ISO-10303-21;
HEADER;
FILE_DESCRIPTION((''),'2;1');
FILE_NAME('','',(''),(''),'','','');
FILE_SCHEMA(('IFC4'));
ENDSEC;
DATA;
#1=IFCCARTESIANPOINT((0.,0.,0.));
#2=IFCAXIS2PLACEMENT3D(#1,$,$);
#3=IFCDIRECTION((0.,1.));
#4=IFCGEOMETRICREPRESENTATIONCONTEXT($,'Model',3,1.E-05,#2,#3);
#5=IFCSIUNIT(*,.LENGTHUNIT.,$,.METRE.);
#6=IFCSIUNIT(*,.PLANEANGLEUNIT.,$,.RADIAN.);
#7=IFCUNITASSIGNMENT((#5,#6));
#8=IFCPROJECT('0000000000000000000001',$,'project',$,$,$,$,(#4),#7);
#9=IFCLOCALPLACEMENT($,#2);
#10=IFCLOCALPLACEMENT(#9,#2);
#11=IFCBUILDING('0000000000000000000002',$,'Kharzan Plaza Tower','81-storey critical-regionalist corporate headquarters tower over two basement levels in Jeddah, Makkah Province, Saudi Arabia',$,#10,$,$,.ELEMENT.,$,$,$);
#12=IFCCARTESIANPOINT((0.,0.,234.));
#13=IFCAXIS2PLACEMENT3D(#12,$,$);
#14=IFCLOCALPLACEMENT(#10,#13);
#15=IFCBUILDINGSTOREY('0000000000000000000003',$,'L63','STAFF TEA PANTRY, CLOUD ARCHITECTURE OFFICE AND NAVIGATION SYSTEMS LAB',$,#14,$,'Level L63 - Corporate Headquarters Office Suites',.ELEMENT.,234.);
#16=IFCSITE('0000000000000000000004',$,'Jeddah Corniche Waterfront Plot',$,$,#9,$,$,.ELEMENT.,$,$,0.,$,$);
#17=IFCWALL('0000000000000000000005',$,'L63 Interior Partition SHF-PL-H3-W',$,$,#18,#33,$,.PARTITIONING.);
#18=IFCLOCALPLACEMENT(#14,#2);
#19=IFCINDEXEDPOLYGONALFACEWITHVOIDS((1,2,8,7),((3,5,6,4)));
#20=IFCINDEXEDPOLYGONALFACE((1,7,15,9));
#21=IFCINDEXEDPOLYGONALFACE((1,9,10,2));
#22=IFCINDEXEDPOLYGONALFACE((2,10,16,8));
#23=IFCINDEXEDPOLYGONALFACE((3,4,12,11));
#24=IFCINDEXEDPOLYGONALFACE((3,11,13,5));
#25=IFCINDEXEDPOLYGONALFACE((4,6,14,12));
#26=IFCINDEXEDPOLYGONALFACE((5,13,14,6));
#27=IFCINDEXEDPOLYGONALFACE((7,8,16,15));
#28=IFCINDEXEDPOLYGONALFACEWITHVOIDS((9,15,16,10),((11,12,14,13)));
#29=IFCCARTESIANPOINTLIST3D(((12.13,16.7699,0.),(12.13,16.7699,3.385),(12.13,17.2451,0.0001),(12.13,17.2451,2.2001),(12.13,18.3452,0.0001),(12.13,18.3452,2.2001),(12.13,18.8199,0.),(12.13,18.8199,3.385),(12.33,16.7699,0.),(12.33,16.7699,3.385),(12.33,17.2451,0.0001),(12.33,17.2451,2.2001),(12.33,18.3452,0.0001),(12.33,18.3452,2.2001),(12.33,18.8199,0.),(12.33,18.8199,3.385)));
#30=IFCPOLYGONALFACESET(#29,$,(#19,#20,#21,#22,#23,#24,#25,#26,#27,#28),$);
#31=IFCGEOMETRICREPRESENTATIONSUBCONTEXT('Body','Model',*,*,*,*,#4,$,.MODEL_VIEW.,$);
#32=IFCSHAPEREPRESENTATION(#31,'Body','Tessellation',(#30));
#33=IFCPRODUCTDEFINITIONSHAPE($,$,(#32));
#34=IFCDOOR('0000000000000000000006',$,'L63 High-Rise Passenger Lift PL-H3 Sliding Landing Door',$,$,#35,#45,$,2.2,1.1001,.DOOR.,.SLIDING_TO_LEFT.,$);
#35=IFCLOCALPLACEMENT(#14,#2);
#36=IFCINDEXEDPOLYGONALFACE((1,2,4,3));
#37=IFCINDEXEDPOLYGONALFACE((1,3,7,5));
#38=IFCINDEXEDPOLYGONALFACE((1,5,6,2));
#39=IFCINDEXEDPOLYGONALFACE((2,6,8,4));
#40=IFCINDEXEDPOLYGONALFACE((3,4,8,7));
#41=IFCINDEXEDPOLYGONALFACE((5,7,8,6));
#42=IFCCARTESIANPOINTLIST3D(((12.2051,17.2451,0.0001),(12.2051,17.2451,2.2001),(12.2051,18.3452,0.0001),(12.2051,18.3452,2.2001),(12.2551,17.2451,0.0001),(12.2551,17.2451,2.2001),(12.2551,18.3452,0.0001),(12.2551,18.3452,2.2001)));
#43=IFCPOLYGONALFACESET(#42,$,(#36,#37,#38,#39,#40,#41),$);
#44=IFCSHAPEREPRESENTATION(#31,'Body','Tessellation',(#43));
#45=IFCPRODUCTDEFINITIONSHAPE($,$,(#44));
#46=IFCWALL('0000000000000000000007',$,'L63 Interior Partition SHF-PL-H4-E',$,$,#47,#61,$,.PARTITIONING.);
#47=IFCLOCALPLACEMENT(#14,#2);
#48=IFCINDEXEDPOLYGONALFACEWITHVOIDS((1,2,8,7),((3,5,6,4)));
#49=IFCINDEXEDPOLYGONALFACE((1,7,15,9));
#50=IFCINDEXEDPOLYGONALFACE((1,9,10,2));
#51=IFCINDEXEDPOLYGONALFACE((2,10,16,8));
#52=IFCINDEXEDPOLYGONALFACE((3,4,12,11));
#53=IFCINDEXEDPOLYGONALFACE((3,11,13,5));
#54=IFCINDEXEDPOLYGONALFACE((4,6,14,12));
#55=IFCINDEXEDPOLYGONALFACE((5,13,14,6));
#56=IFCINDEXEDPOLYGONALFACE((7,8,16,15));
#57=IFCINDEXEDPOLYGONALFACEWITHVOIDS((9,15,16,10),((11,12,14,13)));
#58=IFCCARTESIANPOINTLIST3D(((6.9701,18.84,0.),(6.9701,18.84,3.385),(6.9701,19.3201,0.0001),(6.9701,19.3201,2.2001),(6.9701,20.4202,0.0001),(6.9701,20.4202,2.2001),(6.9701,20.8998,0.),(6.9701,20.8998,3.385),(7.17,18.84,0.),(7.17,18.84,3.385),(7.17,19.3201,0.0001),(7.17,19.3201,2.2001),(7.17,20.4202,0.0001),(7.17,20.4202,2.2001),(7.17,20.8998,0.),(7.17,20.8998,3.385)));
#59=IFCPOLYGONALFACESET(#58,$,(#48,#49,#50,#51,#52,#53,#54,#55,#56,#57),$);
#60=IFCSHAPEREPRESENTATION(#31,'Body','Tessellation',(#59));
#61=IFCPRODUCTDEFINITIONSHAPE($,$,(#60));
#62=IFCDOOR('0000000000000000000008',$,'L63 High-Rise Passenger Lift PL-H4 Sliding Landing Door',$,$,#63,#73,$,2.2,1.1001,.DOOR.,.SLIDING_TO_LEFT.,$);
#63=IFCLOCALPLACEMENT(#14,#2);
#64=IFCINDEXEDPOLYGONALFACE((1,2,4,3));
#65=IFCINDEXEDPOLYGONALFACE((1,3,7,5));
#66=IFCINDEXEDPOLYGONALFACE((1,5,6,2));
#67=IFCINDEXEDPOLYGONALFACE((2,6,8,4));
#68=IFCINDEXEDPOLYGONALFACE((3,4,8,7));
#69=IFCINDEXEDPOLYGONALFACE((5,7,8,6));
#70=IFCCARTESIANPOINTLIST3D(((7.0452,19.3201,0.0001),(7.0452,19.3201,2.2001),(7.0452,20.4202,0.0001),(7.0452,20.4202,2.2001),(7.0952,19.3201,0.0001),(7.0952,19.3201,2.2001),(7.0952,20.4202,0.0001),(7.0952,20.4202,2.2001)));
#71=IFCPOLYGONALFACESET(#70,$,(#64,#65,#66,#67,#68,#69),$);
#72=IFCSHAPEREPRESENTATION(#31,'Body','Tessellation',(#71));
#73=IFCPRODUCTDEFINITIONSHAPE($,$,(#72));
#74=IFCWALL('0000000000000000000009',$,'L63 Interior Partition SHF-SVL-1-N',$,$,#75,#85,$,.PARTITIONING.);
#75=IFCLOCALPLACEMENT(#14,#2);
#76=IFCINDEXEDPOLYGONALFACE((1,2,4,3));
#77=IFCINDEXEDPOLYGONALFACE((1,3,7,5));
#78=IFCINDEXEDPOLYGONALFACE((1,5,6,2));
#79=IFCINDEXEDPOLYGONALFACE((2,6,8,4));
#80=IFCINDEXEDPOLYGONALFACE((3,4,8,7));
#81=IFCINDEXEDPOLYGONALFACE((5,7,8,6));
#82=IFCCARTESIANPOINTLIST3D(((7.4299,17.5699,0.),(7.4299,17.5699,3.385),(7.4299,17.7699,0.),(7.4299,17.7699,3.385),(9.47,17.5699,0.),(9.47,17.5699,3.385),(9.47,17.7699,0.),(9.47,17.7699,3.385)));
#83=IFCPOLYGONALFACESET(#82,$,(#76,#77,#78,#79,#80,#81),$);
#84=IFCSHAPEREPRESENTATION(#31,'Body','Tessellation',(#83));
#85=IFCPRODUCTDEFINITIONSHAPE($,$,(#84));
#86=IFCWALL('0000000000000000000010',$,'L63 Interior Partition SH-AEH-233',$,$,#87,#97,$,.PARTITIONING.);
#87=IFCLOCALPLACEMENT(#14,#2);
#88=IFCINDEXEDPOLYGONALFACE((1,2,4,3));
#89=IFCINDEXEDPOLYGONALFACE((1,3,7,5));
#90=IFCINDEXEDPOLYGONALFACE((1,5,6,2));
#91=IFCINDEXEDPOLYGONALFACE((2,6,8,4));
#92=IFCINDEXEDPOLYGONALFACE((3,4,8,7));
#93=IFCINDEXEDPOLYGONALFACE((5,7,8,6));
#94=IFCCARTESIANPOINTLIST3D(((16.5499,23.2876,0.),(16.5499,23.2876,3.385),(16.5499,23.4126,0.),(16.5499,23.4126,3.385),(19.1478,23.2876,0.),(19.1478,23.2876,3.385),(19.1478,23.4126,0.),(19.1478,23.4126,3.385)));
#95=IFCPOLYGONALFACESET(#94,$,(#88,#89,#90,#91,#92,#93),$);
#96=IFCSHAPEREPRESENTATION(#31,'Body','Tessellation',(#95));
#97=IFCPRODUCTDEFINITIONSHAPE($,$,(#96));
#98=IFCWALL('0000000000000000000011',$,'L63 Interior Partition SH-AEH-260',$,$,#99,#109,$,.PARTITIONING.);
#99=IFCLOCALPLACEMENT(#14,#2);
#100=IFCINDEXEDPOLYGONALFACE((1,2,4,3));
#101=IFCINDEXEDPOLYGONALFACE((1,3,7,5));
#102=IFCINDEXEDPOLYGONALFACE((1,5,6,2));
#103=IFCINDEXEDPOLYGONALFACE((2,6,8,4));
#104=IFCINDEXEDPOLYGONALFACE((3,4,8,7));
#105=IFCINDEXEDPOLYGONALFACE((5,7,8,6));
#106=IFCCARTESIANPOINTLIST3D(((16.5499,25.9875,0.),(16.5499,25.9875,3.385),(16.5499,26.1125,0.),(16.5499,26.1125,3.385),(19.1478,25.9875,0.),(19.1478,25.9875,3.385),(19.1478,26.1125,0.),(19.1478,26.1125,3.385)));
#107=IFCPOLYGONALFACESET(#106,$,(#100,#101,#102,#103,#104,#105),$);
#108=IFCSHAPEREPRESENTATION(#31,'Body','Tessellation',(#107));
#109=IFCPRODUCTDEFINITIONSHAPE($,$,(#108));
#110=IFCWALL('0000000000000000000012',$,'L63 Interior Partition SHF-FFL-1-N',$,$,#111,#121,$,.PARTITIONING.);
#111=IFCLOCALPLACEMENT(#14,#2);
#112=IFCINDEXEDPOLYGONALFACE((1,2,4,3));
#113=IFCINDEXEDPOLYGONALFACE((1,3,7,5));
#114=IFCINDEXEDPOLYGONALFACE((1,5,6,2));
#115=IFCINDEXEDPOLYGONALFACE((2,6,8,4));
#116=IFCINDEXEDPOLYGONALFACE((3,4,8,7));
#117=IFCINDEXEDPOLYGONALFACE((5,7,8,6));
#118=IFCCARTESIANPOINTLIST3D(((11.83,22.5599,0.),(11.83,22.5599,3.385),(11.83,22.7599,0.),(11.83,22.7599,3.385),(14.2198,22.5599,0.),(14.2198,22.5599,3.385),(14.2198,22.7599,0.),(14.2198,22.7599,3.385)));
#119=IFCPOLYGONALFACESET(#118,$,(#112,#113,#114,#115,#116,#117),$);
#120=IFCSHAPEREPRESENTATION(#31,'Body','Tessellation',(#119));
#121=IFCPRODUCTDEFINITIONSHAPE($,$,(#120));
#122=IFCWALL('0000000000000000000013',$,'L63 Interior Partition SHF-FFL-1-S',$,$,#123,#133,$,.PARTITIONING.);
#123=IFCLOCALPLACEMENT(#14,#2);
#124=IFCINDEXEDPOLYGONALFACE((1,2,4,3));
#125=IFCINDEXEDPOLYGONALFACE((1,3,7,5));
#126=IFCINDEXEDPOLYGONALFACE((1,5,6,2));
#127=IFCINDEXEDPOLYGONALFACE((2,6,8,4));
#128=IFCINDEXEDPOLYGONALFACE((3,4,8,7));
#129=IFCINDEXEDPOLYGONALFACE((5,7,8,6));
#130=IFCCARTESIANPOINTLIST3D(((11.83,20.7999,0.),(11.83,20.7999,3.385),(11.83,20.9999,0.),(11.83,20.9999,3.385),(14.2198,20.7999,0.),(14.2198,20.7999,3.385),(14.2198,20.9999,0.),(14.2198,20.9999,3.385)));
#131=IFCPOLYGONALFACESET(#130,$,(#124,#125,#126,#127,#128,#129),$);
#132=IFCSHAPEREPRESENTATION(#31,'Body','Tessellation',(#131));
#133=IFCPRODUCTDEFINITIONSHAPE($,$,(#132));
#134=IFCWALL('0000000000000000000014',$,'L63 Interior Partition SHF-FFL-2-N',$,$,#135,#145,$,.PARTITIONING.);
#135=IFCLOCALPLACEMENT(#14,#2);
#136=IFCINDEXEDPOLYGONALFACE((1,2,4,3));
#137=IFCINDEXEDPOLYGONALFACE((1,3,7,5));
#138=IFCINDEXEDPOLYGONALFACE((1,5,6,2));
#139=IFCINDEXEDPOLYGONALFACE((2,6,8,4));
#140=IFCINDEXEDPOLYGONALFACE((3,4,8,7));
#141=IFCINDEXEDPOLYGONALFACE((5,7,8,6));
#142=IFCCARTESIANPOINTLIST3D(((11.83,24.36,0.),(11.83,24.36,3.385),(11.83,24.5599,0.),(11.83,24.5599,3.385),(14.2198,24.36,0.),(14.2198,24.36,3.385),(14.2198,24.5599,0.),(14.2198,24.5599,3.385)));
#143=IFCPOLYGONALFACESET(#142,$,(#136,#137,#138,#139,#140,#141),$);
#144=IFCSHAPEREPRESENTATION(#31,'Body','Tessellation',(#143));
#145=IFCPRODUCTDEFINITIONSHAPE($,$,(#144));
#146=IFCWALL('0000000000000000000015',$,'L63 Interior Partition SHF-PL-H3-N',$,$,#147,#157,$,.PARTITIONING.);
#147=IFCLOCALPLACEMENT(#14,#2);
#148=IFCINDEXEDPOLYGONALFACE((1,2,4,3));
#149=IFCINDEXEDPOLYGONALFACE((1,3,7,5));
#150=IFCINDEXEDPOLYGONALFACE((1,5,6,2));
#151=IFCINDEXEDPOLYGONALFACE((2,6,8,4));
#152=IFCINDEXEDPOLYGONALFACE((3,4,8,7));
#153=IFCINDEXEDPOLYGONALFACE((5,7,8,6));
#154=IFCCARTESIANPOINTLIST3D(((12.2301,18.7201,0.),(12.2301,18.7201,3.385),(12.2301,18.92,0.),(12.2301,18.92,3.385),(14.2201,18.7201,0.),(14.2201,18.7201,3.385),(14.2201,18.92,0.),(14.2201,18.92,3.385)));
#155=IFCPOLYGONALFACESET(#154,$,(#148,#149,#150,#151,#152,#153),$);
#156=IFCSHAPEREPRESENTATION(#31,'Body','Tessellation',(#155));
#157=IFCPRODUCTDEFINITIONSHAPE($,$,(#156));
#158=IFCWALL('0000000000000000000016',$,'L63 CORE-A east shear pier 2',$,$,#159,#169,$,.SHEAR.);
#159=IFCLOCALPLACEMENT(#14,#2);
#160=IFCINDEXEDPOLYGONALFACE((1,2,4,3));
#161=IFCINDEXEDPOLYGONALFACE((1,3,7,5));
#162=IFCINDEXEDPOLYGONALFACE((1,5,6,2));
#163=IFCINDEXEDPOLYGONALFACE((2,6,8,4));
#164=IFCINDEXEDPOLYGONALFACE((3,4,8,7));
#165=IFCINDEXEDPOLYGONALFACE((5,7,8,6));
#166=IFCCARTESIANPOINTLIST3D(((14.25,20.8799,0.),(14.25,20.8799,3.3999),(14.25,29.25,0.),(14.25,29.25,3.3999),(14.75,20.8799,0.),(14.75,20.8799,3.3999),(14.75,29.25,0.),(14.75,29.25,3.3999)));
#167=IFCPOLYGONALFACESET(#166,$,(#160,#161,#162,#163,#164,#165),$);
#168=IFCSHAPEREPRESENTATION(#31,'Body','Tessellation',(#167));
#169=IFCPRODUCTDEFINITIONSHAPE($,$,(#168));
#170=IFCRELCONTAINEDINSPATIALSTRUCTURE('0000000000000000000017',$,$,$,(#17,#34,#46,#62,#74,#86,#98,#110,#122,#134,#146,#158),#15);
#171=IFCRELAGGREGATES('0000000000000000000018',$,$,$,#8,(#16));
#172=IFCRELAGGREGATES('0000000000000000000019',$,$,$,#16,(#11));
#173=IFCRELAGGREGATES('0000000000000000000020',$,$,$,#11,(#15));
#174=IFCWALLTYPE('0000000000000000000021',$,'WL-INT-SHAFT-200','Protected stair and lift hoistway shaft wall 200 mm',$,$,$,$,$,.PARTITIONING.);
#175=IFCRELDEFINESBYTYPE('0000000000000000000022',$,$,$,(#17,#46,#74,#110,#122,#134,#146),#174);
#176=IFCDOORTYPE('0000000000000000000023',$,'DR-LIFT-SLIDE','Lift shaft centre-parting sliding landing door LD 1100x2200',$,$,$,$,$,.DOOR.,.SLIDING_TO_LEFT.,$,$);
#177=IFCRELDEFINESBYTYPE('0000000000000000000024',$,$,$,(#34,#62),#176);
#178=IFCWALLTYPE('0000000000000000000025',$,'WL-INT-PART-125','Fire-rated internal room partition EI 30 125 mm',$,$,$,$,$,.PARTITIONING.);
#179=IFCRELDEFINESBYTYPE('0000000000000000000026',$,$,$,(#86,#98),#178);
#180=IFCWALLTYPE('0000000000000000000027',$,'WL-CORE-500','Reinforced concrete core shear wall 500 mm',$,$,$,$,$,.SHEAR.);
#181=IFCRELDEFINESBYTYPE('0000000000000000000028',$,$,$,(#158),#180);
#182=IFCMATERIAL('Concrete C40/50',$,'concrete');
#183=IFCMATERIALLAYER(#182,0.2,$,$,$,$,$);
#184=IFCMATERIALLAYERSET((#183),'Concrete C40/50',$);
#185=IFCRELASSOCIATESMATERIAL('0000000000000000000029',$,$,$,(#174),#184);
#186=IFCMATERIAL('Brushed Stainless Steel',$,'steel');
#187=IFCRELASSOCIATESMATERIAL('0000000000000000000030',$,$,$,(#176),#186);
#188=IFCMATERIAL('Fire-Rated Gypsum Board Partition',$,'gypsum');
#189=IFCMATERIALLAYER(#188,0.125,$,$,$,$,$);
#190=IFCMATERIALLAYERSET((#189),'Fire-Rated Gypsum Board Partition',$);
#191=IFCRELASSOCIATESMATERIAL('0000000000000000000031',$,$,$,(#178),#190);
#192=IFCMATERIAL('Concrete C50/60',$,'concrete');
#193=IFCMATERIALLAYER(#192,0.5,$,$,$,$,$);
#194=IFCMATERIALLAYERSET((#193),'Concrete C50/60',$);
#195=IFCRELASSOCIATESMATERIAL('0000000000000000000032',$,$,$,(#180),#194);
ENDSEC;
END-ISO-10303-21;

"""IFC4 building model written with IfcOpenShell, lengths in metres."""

from ifc_helpers import new_model, si_unit, direction, frame, frame_2d, origin, place, context, subcontext, project, spatial, rectangle, extrude, source, transform, mapped, material, layer, layer_set, type_object, element, fill, save


model = new_model("IFC4")

# Units and contexts
model_context = context("Model", 3, precision=1e-05, world=origin(), true_north=direction((0.0, 1.0)))
body_context = subcontext(model_context, "Body", "Model", "MODEL_VIEW")
ifc_project = project(units=[si_unit("LENGTHUNIT", "METRE"), si_unit("PLANEANGLEUNIT", "RADIAN")], contexts=[model_context])

# Site, building, storey
site_placement = place(None, origin())
site = spatial("IfcSite", under=ifc_project, at=site_placement, Name="Jeddah Corniche Waterfront Plot", CompositionType="ELEMENT", RefElevation=0.0)
building_placement = place(site_placement, origin())
building = spatial("IfcBuilding", under=site, at=building_placement, Name="Kharzan Plaza Tower", Description="81-storey critical-regionalist corporate headquarters tower over two basement levels in Jeddah, Makkah Province, Saudi Arabia", CompositionType="ELEMENT")
storey_placement = place(building_placement, frame((0.0, 0.0, 234.0)))
storey = spatial("IfcBuildingStorey", under=building, at=storey_placement, Name="L63", Description="STAFF TEA PANTRY, CLOUD ARCHITECTURE OFFICE AND NAVIGATION SYSTEMS LAB", LongName="Level L63 - Corporate Headquarters Office Suites", CompositionType="ELEMENT", Elevation=234.0)

# Walls, openings, doors
ifc_material_1 = material(Name="Concrete C40/50", Category="concrete")
ifc_layer_1 = layer(ifc_material_1, 0.2)
ifc_layer_set_1 = layer_set([ifc_layer_1], Name="Concrete C40/50")
wall_type_1 = type_object("IfcWallType", Name="WL-INT-SHAFT-200", Description="Protected stair and lift hoistway shaft wall 200 mm", PredefinedType="PARTITIONING", material=ifc_layer_set_1)
ifc_material_2 = material(Name="Brushed Stainless Steel", Category="steel")
door_type_1 = type_object("IfcDoorType", Name="DR-LIFT-SLIDE", Description="Lift shaft centre-parting sliding landing door LD 1100x2200", OperationType="SLIDING_TO_LEFT", PredefinedType="DOOR", material=ifc_material_2)
shared_shape_1 = source(origin(), body_context, "Body", "SweptSolid", [
    extrude(rectangle(XDim=1.1001, YDim=2.2, at=frame_2d((0.55, 1.1001))), frame((0.0, 0.0249, 0.0), z_axis=(0.0, -1.0, 0.0), x_axis=(1.0, 0.0, 0.0)), (0.0, 0.0, 1.0), 0.05),
])
wall_1_placement = place(storey_placement, frame((12.23, 16.77, 0.0), z_axis=(0.0, 0.0, 1.0), x_axis=(0.0, 1.0, 0.0)))
wall_1 = element("IfcWall", 1, at=wall_1_placement, inside=storey, type_object=wall_type_1, Name="L63 Interior Partition SHF-PL-H3-W", PredefinedType="PARTITIONING", context=body_context, shape_type="SweptSolid", body=[
    extrude(rectangle(XDim=2.05, YDim=0.2, at=frame_2d((1.0249, 0.0))), origin(), (0.0, 0.0, 1.0), 3.385),
])
opening_1_placement = place(wall_1_placement, frame((0.4751, 0.0, 0.0)))
opening_1 = element("IfcOpeningElement", 2, at=opening_1_placement, cuts=wall_1, PredefinedType="OPENING", context=body_context, shape_type="SweptSolid", body=[
    extrude(rectangle(XDim=1.1001, YDim=2.2, at=frame_2d((0.55, 1.1001))), frame((0.0, 0.1099, 0.0), z_axis=(0.0, -1.0, 0.0), x_axis=(1.0, 0.0, 0.0)), (0.0, 0.0, 1.0), 0.22),
])
door_1_placement = place(opening_1_placement, origin())
door_1 = element("IfcDoor", 3, at=door_1_placement, inside=storey, type_object=door_type_1, Name="L63 High-Rise Passenger Lift PL-H3 Sliding Landing Door", OperationType="SLIDING_TO_LEFT", OverallHeight=2.2, OverallWidth=1.1001, PredefinedType="DOOR", context=body_context, shape_type="MappedRepresentation", body=[
    mapped(shared_shape_1, transform((0.0, 0.0, 0.0), x_axis=(1.0, 0.0, 0.0), y_axis=(0.0, 1.0, 0.0), z_axis=(0.0, 0.0, 1.0))),
])
fill(opening_1, door_1)
wall_2_placement = place(storey_placement, frame((7.0701, 18.8401, 0.0), z_axis=(0.0, 0.0, 1.0), x_axis=(0.0, 1.0, 0.0)))
wall_2 = element("IfcWall", 4, at=wall_2_placement, inside=storey, type_object=wall_type_1, Name="L63 Interior Partition SHF-PL-H4-E", PredefinedType="PARTITIONING", context=body_context, shape_type="SweptSolid", body=[
    extrude(rectangle(XDim=2.0598, YDim=0.2, at=frame_2d((1.0298, 0.0))), origin(), (0.0, 0.0, 1.0), 3.385),
])
opening_2_placement = place(wall_2_placement, frame((0.48, 0.0, 0.0)))
opening_2 = element("IfcOpeningElement", 5, at=opening_2_placement, cuts=wall_2, PredefinedType="OPENING", context=body_context, shape_type="SweptSolid", body=[
    extrude(rectangle(XDim=1.1001, YDim=2.2, at=frame_2d((0.55, 1.1001))), frame((0.0, 0.1099, 0.0), z_axis=(0.0, -1.0, 0.0), x_axis=(1.0, 0.0, 0.0)), (0.0, 0.0, 1.0), 0.22),
])
door_2_placement = place(opening_2_placement, origin())
door_2 = element("IfcDoor", 6, at=door_2_placement, inside=storey, type_object=door_type_1, Name="L63 High-Rise Passenger Lift PL-H4 Sliding Landing Door", OperationType="SLIDING_TO_LEFT", OverallHeight=2.2, OverallWidth=1.1001, PredefinedType="DOOR", context=body_context, shape_type="MappedRepresentation", body=[
    mapped(shared_shape_1, transform((0.0, 0.0, 0.0), x_axis=(1.0, 0.0, 0.0), y_axis=(0.0, 1.0, 0.0), z_axis=(0.0, 0.0, 1.0))),
])
fill(opening_2, door_2)

# Walls
shared_shape_2 = source(origin(), body_context, "Body", "SweptSolid", [
    extrude(rectangle(XDim=2.04, YDim=0.2, at=frame_2d((1.02, 0.0))), origin(), (0.0, 0.0, 1.0), 3.385),
])
wall_3_placement = place(storey_placement, frame((7.4299, 17.6699, 0.0), z_axis=(0.0, 0.0, 1.0), x_axis=(1.0, 0.0, 0.0)))
element("IfcWall", 7, at=wall_3_placement, inside=storey, type_object=wall_type_1, Name="L63 Interior Partition SHF-SVL-1-N", PredefinedType="PARTITIONING", context=body_context, shape_type="MappedRepresentation", body=[
    mapped(shared_shape_2, transform((0.0, 0.0, 0.0), x_axis=(1.0, 0.0, 0.0), y_axis=(0.0, 1.0, 0.0), z_axis=(0.0, 0.0, 1.0))),
])
ifc_material_3 = material(Name="Fire-Rated Gypsum Board Partition", Category="gypsum")
ifc_layer_2 = layer(ifc_material_3, 0.125)
ifc_layer_set_2 = layer_set([ifc_layer_2], Name="Fire-Rated Gypsum Board Partition")
wall_type_2 = type_object("IfcWallType", Name="WL-INT-PART-125", Description="Fire-rated internal room partition EI 30 125 mm", PredefinedType="PARTITIONING", material=ifc_layer_set_2)
shared_shape_3 = source(origin(), body_context, "Body", "SweptSolid", [
    extrude(rectangle(XDim=2.5979, YDim=0.125, at=frame_2d((1.2988, 0.0))), origin(), (0.0, 0.0, 1.0), 3.385),
])
for number, where, z_axis, x_axis, name in (
    (8, (16.55, 23.3501, 0.0), (0.0, 0.0, 1.0), (1.0, 0.0, 0.0), "L63 Interior Partition SH-AEH-233"),
    (9, (16.55, 26.05, 0.0), (0.0, 0.0, 1.0), (1.0, 0.0, 0.0), "L63 Interior Partition SH-AEH-260"),
):
    element("IfcWall", number, at=place(storey_placement, frame(where, z_axis=z_axis, x_axis=x_axis)), inside=storey, type_object=wall_type_2, Name=name, PredefinedType="PARTITIONING", context=body_context, shape_type="MappedRepresentation", body=[
        mapped(shared_shape_3, transform((0.0, 0.0, 0.0), x_axis=(1.0, 0.0, 0.0), y_axis=(0.0, 1.0, 0.0), z_axis=(0.0, 0.0, 1.0))),
    ])
shared_shape_4 = source(origin(), body_context, "Body", "SweptSolid", [
    extrude(rectangle(XDim=2.3899, YDim=0.2, at=frame_2d((1.1948, 0.0))), origin(), (0.0, 0.0, 1.0), 3.385),
])
for number, where, z_axis, x_axis, name in (
    (10, (11.8301, 22.6599, 0.0), (0.0, 0.0, 1.0), (1.0, 0.0, 0.0), "L63 Interior Partition SHF-FFL-1-N"),
    (11, (11.8301, 20.8999, 0.0), (0.0, 0.0, 1.0), (1.0, 0.0, 0.0), "L63 Interior Partition SHF-FFL-1-S"),
    (12, (11.8301, 24.46, 0.0), (0.0, 0.0, 1.0), (1.0, 0.0, 0.0), "L63 Interior Partition SHF-FFL-2-N"),
):
    element("IfcWall", number, at=place(storey_placement, frame(where, z_axis=z_axis, x_axis=x_axis)), inside=storey, type_object=wall_type_1, Name=name, PredefinedType="PARTITIONING", context=body_context, shape_type="MappedRepresentation", body=[
        mapped(shared_shape_4, transform((0.0, 0.0, 0.0), x_axis=(1.0, 0.0, 0.0), y_axis=(0.0, 1.0, 0.0), z_axis=(0.0, 0.0, 1.0))),
    ])
shared_shape_5 = source(origin(), body_context, "Body", "SweptSolid", [
    extrude(rectangle(XDim=1.99, YDim=0.2, at=frame_2d((0.9951, 0.0))), origin(), (0.0, 0.0, 1.0), 3.385),
])
wall_4_placement = place(storey_placement, frame((12.23, 18.8201, 0.0), z_axis=(0.0, 0.0, 1.0), x_axis=(1.0, 0.0, 0.0)))
element("IfcWall", 13, at=wall_4_placement, inside=storey, type_object=wall_type_1, Name="L63 Interior Partition SHF-PL-H3-N", PredefinedType="PARTITIONING", context=body_context, shape_type="MappedRepresentation", body=[
    mapped(shared_shape_5, transform((0.0, 0.0, 0.0), x_axis=(1.0, 0.0, 0.0), y_axis=(0.0, 1.0, 0.0), z_axis=(0.0, 0.0, 1.0))),
])
ifc_material_4 = material(Name="Concrete C50/60", Category="concrete")
ifc_layer_3 = layer(ifc_material_4, 0.5)
ifc_layer_set_3 = layer_set([ifc_layer_3], Name="Concrete C50/60")
wall_type_3 = type_object("IfcWallType", Name="WL-CORE-500", Description="Reinforced concrete core shear wall 500 mm", PredefinedType="SHEAR", material=ifc_layer_set_3)
shared_shape_6 = source(origin(), body_context, "Body", "SweptSolid", [
    extrude(rectangle(XDim=8.3701, YDim=0.5, at=frame_2d((4.1851, 0.0))), origin(), (0.0, 0.0, 1.0), 3.3999),
])
wall_5_placement = place(storey_placement, frame((14.5, 20.8799, 0.0), z_axis=(0.0, 0.0, 1.0), x_axis=(0.0, 1.0, 0.0)))
element("IfcWall", 14, at=wall_5_placement, inside=storey, type_object=wall_type_3, Name="L63 CORE-A east shear pier 2", PredefinedType="SHEAR", context=body_context, shape_type="MappedRepresentation", body=[
    mapped(shared_shape_6, transform((0.0, 0.0, 0.0), x_axis=(1.0, 0.0, 0.0), y_axis=(0.0, 1.0, 0.0), z_axis=(0.0, 0.0, 1.0))),
])

save(model, "model.ifc")
